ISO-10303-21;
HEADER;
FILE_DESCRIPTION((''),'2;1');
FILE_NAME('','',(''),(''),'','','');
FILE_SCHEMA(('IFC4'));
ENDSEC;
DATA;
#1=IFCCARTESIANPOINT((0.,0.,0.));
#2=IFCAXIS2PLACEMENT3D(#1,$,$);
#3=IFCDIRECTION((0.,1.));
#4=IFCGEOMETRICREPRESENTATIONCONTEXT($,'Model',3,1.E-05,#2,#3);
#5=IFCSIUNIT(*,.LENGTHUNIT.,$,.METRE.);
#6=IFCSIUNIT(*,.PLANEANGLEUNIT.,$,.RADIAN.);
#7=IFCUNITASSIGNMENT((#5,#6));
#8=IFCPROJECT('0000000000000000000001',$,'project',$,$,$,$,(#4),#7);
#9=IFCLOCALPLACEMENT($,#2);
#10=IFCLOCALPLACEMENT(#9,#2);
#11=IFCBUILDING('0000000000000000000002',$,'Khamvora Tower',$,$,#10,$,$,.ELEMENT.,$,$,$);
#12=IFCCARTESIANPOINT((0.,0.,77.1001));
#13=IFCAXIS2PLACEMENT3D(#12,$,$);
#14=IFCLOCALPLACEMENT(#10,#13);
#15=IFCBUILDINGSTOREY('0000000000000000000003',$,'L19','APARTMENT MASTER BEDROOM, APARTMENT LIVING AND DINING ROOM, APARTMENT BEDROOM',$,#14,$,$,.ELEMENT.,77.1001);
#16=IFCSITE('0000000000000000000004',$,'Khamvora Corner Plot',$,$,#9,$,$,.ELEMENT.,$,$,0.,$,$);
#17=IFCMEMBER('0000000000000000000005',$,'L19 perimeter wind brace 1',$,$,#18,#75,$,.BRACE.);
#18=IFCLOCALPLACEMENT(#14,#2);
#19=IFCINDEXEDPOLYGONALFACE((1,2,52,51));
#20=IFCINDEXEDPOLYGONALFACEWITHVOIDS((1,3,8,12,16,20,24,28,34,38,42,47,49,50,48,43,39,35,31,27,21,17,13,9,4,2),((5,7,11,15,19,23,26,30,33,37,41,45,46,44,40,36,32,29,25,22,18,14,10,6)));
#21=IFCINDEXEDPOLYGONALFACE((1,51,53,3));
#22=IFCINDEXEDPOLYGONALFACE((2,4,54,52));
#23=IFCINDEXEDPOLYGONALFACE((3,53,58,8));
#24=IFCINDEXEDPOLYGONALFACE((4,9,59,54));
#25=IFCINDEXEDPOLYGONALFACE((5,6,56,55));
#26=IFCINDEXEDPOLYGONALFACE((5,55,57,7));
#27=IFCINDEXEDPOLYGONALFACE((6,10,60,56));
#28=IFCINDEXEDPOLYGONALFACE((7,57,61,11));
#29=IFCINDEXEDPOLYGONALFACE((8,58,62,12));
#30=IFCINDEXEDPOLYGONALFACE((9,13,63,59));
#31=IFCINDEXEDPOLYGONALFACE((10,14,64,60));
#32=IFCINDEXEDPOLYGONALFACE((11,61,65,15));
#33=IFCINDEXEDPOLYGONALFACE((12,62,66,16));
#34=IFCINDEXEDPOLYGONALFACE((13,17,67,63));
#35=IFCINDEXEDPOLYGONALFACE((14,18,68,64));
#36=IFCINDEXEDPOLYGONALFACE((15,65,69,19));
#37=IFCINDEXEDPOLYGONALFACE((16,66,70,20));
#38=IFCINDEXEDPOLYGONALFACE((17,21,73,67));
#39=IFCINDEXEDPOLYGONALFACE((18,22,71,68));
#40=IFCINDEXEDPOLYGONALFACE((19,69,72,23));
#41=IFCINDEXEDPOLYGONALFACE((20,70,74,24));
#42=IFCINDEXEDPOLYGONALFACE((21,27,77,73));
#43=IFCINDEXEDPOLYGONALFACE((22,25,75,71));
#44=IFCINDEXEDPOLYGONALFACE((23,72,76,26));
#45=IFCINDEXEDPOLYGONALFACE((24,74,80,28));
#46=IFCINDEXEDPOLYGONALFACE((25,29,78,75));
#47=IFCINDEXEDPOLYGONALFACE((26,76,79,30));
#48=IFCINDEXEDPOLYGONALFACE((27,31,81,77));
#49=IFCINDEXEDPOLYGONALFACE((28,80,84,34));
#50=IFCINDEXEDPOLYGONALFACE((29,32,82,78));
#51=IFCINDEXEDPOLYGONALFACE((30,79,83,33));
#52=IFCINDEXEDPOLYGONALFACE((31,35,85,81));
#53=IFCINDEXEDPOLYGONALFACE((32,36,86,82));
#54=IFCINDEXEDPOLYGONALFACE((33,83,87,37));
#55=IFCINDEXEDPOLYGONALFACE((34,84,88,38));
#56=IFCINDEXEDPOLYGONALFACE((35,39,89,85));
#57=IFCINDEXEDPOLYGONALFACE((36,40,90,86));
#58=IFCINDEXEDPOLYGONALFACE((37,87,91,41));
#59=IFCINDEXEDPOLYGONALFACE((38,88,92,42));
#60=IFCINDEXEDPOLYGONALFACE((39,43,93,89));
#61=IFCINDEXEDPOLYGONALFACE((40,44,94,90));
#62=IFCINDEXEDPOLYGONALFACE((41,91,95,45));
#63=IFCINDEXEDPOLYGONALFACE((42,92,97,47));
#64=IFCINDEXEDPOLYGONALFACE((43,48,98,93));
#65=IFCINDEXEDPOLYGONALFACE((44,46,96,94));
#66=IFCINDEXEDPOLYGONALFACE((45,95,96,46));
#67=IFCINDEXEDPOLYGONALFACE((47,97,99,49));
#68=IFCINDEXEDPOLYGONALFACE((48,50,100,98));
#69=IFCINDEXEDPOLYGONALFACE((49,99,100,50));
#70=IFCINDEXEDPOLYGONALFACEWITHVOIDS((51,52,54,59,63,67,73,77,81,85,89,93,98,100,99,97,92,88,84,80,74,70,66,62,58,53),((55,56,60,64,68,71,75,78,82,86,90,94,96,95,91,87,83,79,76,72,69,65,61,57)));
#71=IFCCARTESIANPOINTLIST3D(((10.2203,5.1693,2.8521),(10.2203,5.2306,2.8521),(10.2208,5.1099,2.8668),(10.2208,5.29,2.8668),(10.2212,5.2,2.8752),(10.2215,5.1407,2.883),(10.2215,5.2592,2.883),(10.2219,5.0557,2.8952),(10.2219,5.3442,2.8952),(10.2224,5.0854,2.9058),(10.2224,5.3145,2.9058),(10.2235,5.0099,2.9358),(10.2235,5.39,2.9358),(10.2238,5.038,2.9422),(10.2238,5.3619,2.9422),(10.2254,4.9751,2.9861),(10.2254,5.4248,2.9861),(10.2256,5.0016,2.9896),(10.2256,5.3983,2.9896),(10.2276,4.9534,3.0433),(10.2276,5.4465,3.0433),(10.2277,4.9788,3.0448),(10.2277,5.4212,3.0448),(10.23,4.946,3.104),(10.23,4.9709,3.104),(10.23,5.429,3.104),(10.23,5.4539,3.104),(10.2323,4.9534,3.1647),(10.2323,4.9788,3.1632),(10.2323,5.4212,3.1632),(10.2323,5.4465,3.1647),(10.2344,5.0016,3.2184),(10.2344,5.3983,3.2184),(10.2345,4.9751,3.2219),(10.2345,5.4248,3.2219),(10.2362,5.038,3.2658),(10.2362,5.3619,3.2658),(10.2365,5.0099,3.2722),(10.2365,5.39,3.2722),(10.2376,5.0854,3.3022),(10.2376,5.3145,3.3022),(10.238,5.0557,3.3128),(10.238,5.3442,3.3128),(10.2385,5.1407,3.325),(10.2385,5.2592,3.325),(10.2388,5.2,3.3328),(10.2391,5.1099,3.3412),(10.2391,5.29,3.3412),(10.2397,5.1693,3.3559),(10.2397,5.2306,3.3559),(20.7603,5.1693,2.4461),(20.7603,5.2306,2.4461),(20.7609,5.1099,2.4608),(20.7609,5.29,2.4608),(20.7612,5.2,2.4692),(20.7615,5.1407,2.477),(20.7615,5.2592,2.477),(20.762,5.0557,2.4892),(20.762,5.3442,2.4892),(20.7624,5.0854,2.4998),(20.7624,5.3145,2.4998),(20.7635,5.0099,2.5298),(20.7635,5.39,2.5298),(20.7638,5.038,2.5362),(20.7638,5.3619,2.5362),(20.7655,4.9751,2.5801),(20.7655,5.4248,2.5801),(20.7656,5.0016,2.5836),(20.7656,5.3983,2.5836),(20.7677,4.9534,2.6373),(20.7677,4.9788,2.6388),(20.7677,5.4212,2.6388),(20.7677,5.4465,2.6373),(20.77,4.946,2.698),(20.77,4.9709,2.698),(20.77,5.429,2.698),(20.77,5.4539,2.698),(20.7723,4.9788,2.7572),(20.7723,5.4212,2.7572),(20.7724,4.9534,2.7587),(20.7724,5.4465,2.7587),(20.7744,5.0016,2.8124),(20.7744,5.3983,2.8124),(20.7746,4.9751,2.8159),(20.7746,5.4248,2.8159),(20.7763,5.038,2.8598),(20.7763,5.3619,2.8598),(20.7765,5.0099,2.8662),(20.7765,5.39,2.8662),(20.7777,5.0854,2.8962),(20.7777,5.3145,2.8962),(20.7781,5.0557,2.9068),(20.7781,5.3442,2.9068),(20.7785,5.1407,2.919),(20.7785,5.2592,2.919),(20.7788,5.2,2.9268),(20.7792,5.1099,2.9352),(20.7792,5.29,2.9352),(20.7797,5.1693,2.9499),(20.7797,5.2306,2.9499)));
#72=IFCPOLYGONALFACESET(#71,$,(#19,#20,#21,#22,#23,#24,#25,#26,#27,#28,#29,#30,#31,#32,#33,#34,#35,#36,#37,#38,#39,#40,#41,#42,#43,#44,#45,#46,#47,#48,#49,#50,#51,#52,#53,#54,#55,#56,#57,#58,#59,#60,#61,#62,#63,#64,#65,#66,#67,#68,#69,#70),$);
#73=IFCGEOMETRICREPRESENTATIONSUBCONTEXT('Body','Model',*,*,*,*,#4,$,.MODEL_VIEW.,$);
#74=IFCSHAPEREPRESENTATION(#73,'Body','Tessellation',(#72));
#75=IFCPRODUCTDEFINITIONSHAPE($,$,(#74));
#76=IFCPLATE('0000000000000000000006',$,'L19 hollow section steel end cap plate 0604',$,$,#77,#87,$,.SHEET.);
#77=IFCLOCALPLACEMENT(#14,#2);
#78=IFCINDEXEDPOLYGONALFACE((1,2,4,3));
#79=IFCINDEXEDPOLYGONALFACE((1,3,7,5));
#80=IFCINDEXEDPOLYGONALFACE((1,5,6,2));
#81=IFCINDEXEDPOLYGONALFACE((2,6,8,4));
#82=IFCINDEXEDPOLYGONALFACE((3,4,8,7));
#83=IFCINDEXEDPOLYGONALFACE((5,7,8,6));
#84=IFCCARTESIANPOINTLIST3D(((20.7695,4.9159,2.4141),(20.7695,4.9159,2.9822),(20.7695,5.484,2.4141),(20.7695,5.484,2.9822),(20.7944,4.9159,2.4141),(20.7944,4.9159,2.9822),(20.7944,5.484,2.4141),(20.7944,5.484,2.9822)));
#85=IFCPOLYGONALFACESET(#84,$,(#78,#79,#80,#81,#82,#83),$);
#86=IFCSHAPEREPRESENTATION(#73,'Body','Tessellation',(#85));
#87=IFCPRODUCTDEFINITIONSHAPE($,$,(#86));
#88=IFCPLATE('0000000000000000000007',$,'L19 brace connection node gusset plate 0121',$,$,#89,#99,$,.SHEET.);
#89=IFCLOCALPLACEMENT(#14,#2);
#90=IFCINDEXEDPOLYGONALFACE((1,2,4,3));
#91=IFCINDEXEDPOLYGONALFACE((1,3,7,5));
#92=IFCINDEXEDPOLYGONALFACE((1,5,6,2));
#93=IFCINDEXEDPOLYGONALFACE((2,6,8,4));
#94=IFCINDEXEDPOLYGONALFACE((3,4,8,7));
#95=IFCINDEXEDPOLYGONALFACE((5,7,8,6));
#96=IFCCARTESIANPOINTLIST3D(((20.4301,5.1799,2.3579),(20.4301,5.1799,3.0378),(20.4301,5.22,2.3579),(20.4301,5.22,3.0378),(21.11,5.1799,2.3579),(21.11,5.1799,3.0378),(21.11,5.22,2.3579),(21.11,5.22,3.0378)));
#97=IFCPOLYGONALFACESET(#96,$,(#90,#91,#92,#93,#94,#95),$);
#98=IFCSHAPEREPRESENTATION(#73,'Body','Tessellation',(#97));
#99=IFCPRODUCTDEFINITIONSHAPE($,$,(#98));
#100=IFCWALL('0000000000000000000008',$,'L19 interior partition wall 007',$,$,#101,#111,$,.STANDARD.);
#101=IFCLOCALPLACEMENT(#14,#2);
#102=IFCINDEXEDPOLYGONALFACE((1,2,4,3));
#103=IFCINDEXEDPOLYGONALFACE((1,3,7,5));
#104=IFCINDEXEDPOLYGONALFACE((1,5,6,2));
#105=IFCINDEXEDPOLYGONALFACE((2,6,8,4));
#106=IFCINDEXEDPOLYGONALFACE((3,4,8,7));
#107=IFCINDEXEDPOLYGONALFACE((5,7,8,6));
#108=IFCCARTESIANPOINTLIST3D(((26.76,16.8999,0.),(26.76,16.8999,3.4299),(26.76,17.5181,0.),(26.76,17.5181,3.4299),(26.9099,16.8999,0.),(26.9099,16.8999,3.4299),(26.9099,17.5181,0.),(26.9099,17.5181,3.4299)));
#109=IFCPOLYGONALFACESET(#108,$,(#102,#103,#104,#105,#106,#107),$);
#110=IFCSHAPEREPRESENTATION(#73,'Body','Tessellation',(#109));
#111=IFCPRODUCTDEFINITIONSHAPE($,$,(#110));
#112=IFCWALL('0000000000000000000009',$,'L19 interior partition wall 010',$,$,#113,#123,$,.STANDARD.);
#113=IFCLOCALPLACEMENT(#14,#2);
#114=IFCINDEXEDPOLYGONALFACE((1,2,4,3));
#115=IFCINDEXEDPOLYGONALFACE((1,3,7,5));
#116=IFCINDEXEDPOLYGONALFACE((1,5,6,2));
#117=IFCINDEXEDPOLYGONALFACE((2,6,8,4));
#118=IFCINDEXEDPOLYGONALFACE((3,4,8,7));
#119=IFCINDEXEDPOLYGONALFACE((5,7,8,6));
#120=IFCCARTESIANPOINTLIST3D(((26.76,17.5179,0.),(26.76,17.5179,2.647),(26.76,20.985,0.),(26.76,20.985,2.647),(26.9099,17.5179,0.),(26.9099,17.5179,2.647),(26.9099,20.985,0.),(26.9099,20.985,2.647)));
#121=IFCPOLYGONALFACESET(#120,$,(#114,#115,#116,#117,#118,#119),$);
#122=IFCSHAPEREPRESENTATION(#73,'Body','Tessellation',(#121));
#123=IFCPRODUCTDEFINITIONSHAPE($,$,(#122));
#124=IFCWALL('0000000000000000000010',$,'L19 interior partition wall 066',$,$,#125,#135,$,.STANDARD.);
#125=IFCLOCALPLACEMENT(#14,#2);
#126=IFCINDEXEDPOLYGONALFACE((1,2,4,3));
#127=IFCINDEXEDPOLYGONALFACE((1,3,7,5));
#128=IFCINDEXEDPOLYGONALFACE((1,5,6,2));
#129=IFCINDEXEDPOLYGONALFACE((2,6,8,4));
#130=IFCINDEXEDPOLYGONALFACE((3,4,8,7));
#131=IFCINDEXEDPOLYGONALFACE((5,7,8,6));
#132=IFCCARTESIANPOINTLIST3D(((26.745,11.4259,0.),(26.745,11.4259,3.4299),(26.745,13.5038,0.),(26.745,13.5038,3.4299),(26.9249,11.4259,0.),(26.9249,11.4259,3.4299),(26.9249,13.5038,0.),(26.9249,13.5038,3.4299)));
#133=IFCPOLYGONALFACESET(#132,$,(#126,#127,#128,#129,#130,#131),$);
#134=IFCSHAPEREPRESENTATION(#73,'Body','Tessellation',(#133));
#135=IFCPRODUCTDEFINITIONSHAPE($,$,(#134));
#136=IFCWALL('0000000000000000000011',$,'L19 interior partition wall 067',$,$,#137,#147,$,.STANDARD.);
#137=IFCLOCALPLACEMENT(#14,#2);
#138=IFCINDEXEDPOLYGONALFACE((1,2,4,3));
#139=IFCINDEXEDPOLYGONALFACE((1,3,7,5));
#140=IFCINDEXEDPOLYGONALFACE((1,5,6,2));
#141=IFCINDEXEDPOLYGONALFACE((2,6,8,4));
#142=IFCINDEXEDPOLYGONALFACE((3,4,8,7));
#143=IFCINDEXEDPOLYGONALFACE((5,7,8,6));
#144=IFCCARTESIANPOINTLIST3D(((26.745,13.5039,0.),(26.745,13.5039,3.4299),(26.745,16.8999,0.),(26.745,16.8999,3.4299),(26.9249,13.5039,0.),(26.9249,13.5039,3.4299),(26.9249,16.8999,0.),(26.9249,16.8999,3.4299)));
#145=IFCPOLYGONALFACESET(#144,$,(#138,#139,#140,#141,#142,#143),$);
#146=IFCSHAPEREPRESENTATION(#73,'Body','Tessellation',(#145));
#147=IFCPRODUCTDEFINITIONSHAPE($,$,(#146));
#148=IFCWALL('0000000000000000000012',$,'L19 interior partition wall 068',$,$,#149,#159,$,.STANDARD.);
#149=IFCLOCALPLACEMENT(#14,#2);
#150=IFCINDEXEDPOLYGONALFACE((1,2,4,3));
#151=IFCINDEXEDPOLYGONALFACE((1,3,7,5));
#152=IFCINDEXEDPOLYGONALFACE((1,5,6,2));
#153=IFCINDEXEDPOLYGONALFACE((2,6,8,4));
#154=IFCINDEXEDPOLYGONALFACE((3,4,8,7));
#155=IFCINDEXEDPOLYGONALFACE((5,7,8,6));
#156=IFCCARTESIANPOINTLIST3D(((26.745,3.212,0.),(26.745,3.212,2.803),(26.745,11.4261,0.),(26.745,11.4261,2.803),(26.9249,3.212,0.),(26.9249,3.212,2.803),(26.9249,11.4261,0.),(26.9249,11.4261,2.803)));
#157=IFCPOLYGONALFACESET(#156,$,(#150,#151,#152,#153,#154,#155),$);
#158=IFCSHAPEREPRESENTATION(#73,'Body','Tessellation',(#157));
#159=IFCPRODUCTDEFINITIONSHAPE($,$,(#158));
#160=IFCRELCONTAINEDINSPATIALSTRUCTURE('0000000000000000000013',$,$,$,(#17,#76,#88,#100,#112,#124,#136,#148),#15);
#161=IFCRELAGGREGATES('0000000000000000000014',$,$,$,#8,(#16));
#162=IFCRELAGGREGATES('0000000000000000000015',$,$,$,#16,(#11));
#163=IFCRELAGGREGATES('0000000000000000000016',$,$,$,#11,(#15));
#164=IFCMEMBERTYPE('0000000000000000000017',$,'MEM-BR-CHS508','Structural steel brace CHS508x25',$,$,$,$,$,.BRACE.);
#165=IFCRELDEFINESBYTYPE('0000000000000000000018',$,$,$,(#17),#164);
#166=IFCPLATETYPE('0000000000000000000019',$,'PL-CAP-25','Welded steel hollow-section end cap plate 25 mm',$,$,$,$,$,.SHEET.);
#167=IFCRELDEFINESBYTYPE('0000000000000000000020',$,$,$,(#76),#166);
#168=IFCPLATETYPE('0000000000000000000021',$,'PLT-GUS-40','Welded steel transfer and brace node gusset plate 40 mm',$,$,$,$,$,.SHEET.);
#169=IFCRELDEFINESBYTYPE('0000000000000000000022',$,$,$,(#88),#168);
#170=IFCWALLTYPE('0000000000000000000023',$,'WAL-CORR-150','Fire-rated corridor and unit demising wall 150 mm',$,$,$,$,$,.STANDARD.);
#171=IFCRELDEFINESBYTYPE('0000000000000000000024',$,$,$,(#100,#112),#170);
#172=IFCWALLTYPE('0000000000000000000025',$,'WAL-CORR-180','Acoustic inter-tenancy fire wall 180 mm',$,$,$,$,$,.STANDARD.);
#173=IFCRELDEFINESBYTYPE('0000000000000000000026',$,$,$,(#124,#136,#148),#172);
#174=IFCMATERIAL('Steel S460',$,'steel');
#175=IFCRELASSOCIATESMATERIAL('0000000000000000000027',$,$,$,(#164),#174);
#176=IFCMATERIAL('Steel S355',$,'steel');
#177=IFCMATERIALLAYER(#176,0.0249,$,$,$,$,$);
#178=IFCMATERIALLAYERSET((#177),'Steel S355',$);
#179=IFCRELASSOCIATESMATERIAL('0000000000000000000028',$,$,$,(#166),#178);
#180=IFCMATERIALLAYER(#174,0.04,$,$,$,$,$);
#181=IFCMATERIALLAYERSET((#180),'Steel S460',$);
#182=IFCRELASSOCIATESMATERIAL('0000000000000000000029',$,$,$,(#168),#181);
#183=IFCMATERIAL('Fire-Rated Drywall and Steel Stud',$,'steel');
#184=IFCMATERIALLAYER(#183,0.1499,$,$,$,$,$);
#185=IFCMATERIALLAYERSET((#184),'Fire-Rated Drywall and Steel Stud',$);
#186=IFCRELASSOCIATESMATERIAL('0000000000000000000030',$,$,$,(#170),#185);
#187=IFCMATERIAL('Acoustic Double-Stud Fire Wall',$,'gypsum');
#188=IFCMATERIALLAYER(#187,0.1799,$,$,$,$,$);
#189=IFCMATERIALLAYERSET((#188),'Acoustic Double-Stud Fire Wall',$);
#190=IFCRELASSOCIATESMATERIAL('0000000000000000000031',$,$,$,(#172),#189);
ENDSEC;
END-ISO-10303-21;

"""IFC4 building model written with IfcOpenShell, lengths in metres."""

from ifc_helpers import new_model, si_unit, direction, frame, frame_2d, origin, origin_2d, place, context, subcontext, project, spatial, rectangle, hollow_circle, extrude, material, layer, layer_set, material_profile, profile_set, type_object, element, save


model = new_model("IFC4")

# Units and contexts
model_context = context("Model", 3, precision=1e-05, world=origin(), true_north=direction((0.0, 1.0)))
body_context = subcontext(model_context, "Body", "Model", "MODEL_VIEW")
ifc_project = project(units=[si_unit("LENGTHUNIT", "METRE"), si_unit("PLANEANGLEUNIT", "RADIAN")], contexts=[model_context])

# Site, building, storey
site_placement = place(None, origin())
site = spatial("IfcSite", under=ifc_project, at=site_placement, Name="Khamvora Corner Plot", CompositionType="ELEMENT", RefElevation=0.0)
building_placement = place(site_placement, origin())
building = spatial("IfcBuilding", under=site, at=building_placement, Name="Khamvora Tower", CompositionType="ELEMENT")
storey_placement = place(building_placement, frame((0.0, 0.0, 77.1001)))
storey = spatial("IfcBuildingStorey", under=building, at=storey_placement, Name="L19", Description="APARTMENT MASTER BEDROOM, APARTMENT LIVING AND DINING ROOM, APARTMENT BEDROOM", CompositionType="ELEMENT", Elevation=77.1001)

# Shared definitions
ifc_material_1 = material(Name="Steel S355", Category="steel")

# Member
ifc_material_2 = material(Name="Steel S460", Category="steel")
ifc_material_profile_1 = material_profile(ifc_material_2, hollow_circle(Radius=0.2539, WallThickness=0.0249, at=origin_2d()), Name="CHS508x25")
ifc_profile_set_1 = profile_set([ifc_material_profile_1], Name="Steel S460")
member_type = type_object("IfcMemberType", Name="MEM-BR-CHS508", Description="Structural steel brace CHS508x25", PredefinedType="BRACE", material=ifc_profile_set_1)
member_placement = place(storey_placement, frame((20.77, 5.2, 2.698), z_axis=(-0.999259, 0.0, 0.038492), x_axis=(0.0, -1.0, 0.0)))
element("IfcMember", 1, at=member_placement, inside=storey, type_object=member_type, Name="L19 perimeter wind brace 1", PredefinedType="BRACE", context=body_context, shape_type="SweptSolid", body=[
    extrude(hollow_circle(Radius=0.2539, WallThickness=0.0249, at=origin_2d()), origin(), (0.0, 0.0, 1.0), 10.5479),
])

# Plates
ifc_layer_1 = layer(ifc_material_1, 0.0249)
ifc_layer_set_1 = layer_set([ifc_layer_1], Name="Steel S355")
plate_type_1 = type_object("IfcPlateType", Name="PL-CAP-25", Description="Welded steel hollow-section end cap plate 25 mm", PredefinedType="SHEET", material=ifc_layer_set_1)
plate_1_placement = place(storey_placement, frame((20.782, 5.2, 2.4141), z_axis=(0.0, 0.0, 1.0), x_axis=(-1.0, 0.0, 0.0)))
element("IfcPlate", 2, at=plate_1_placement, inside=storey, type_object=plate_type_1, Name="L19 hollow section steel end cap plate 0604", PredefinedType="SHEET", context=body_context, shape_type="SweptSolid", body=[
    extrude(rectangle(XDim=0.0249, YDim=0.5681, at=origin_2d()), origin(), (0.0, 0.0, 1.0), 0.5681),
])
ifc_layer_2 = layer(ifc_material_2, 0.04)
ifc_layer_set_2 = layer_set([ifc_layer_2], Name="Steel S460")
plate_type_2 = type_object("IfcPlateType", Name="PLT-GUS-40", Description="Welded steel transfer and brace node gusset plate 40 mm", PredefinedType="SHEET", material=ifc_layer_set_2)
plate_2_placement = place(storey_placement, frame((20.77, 5.2, 2.3579), z_axis=(0.0, 0.0, 1.0), x_axis=(1.0, 0.0, 0.0)))
element("IfcPlate", 3, at=plate_2_placement, inside=storey, type_object=plate_type_2, Name="L19 brace connection node gusset plate 0121", PredefinedType="SHEET", context=body_context, shape_type="SweptSolid", body=[
    extrude(rectangle(XDim=0.6799, YDim=0.04, at=origin_2d()), origin(), (0.0, 0.0, 1.0), 0.6799),
])

# Walls
ifc_material_3 = material(Name="Fire-Rated Drywall and Steel Stud", Category="steel")
ifc_layer_3 = layer(ifc_material_3, 0.1499)
ifc_layer_set_3 = layer_set([ifc_layer_3], Name="Fire-Rated Drywall and Steel Stud")
wall_type_1 = type_object("IfcWallType", Name="WAL-CORR-150", Description="Fire-rated corridor and unit demising wall 150 mm", PredefinedType="STANDARD", material=ifc_layer_set_3)
wall_1_placement = place(storey_placement, frame((26.835, 16.8999, 0.0), z_axis=(0.0, 0.0, 1.0), x_axis=(0.0, 1.0, 0.0)))
element("IfcWall", 4, at=wall_1_placement, inside=storey, type_object=wall_type_1, Name="L19 interior partition wall 007", PredefinedType="STANDARD", context=body_context, shape_type="SweptSolid", body=[
    extrude(rectangle(XDim=0.6182, YDim=0.1499, at=frame_2d((0.3091, 0.0))), origin(), (0.0, 0.0, 1.0), 3.4299),
])
wall_2_placement = place(storey_placement, frame((26.835, 17.5181, 0.0), z_axis=(0.0, 0.0, 1.0), x_axis=(0.0, 1.0, 0.0)))
element("IfcWall", 5, at=wall_2_placement, inside=storey, type_object=wall_type_1, Name="L19 interior partition wall 010", PredefinedType="STANDARD", context=body_context, shape_type="SweptSolid", body=[
    extrude(rectangle(XDim=3.467, YDim=0.1499, at=frame_2d((1.7334, 0.0))), origin(), (0.0, 0.0, 1.0), 2.647),
])
ifc_material_4 = material(Name="Acoustic Double-Stud Fire Wall", Category="gypsum")
ifc_layer_4 = layer(ifc_material_4, 0.1799)
ifc_layer_set_4 = layer_set([ifc_layer_4], Name="Acoustic Double-Stud Fire Wall")
wall_type_2 = type_object("IfcWallType", Name="WAL-CORR-180", Description="Acoustic inter-tenancy fire wall 180 mm", PredefinedType="STANDARD", material=ifc_layer_set_4)
wall_3_placement = place(storey_placement, frame((26.835, 13.5039, 0.0), z_axis=(0.0, 0.0, 1.0), x_axis=(0.0, -1.0, 0.0)))
element("IfcWall", 6, at=wall_3_placement, inside=storey, type_object=wall_type_2, Name="L19 interior partition wall 066", PredefinedType="STANDARD", context=body_context, shape_type="SweptSolid", body=[
    extrude(rectangle(XDim=2.0779, YDim=0.1799, at=frame_2d((1.0391, 0.0))), origin(), (0.0, 0.0, 1.0), 3.4299),
])
wall_4_placement = place(storey_placement, frame((26.835, 16.8999, 0.0), z_axis=(0.0, 0.0, 1.0), x_axis=(0.0, -1.0, 0.0)))
element("IfcWall", 7, at=wall_4_placement, inside=storey, type_object=wall_type_2, Name="L19 interior partition wall 067", PredefinedType="STANDARD", context=body_context, shape_type="SweptSolid", body=[
    extrude(rectangle(XDim=3.396, YDim=0.1799, at=frame_2d((1.698, 0.0))), origin(), (0.0, 0.0, 1.0), 3.4299),
])
wall_5_placement = place(storey_placement, frame((26.835, 11.426, 0.0), z_axis=(0.0, 0.0, 1.0), x_axis=(0.0, -1.0, 0.0)))
element("IfcWall", 8, at=wall_5_placement, inside=storey, type_object=wall_type_2, Name="L19 interior partition wall 068", PredefinedType="STANDARD", context=body_context, shape_type="SweptSolid", body=[
    extrude(rectangle(XDim=8.2141, YDim=0.1799, at=frame_2d((4.1069, 0.0))), origin(), (0.0, 0.0, 1.0), 2.803),
])

save(model, "model.ifc")
